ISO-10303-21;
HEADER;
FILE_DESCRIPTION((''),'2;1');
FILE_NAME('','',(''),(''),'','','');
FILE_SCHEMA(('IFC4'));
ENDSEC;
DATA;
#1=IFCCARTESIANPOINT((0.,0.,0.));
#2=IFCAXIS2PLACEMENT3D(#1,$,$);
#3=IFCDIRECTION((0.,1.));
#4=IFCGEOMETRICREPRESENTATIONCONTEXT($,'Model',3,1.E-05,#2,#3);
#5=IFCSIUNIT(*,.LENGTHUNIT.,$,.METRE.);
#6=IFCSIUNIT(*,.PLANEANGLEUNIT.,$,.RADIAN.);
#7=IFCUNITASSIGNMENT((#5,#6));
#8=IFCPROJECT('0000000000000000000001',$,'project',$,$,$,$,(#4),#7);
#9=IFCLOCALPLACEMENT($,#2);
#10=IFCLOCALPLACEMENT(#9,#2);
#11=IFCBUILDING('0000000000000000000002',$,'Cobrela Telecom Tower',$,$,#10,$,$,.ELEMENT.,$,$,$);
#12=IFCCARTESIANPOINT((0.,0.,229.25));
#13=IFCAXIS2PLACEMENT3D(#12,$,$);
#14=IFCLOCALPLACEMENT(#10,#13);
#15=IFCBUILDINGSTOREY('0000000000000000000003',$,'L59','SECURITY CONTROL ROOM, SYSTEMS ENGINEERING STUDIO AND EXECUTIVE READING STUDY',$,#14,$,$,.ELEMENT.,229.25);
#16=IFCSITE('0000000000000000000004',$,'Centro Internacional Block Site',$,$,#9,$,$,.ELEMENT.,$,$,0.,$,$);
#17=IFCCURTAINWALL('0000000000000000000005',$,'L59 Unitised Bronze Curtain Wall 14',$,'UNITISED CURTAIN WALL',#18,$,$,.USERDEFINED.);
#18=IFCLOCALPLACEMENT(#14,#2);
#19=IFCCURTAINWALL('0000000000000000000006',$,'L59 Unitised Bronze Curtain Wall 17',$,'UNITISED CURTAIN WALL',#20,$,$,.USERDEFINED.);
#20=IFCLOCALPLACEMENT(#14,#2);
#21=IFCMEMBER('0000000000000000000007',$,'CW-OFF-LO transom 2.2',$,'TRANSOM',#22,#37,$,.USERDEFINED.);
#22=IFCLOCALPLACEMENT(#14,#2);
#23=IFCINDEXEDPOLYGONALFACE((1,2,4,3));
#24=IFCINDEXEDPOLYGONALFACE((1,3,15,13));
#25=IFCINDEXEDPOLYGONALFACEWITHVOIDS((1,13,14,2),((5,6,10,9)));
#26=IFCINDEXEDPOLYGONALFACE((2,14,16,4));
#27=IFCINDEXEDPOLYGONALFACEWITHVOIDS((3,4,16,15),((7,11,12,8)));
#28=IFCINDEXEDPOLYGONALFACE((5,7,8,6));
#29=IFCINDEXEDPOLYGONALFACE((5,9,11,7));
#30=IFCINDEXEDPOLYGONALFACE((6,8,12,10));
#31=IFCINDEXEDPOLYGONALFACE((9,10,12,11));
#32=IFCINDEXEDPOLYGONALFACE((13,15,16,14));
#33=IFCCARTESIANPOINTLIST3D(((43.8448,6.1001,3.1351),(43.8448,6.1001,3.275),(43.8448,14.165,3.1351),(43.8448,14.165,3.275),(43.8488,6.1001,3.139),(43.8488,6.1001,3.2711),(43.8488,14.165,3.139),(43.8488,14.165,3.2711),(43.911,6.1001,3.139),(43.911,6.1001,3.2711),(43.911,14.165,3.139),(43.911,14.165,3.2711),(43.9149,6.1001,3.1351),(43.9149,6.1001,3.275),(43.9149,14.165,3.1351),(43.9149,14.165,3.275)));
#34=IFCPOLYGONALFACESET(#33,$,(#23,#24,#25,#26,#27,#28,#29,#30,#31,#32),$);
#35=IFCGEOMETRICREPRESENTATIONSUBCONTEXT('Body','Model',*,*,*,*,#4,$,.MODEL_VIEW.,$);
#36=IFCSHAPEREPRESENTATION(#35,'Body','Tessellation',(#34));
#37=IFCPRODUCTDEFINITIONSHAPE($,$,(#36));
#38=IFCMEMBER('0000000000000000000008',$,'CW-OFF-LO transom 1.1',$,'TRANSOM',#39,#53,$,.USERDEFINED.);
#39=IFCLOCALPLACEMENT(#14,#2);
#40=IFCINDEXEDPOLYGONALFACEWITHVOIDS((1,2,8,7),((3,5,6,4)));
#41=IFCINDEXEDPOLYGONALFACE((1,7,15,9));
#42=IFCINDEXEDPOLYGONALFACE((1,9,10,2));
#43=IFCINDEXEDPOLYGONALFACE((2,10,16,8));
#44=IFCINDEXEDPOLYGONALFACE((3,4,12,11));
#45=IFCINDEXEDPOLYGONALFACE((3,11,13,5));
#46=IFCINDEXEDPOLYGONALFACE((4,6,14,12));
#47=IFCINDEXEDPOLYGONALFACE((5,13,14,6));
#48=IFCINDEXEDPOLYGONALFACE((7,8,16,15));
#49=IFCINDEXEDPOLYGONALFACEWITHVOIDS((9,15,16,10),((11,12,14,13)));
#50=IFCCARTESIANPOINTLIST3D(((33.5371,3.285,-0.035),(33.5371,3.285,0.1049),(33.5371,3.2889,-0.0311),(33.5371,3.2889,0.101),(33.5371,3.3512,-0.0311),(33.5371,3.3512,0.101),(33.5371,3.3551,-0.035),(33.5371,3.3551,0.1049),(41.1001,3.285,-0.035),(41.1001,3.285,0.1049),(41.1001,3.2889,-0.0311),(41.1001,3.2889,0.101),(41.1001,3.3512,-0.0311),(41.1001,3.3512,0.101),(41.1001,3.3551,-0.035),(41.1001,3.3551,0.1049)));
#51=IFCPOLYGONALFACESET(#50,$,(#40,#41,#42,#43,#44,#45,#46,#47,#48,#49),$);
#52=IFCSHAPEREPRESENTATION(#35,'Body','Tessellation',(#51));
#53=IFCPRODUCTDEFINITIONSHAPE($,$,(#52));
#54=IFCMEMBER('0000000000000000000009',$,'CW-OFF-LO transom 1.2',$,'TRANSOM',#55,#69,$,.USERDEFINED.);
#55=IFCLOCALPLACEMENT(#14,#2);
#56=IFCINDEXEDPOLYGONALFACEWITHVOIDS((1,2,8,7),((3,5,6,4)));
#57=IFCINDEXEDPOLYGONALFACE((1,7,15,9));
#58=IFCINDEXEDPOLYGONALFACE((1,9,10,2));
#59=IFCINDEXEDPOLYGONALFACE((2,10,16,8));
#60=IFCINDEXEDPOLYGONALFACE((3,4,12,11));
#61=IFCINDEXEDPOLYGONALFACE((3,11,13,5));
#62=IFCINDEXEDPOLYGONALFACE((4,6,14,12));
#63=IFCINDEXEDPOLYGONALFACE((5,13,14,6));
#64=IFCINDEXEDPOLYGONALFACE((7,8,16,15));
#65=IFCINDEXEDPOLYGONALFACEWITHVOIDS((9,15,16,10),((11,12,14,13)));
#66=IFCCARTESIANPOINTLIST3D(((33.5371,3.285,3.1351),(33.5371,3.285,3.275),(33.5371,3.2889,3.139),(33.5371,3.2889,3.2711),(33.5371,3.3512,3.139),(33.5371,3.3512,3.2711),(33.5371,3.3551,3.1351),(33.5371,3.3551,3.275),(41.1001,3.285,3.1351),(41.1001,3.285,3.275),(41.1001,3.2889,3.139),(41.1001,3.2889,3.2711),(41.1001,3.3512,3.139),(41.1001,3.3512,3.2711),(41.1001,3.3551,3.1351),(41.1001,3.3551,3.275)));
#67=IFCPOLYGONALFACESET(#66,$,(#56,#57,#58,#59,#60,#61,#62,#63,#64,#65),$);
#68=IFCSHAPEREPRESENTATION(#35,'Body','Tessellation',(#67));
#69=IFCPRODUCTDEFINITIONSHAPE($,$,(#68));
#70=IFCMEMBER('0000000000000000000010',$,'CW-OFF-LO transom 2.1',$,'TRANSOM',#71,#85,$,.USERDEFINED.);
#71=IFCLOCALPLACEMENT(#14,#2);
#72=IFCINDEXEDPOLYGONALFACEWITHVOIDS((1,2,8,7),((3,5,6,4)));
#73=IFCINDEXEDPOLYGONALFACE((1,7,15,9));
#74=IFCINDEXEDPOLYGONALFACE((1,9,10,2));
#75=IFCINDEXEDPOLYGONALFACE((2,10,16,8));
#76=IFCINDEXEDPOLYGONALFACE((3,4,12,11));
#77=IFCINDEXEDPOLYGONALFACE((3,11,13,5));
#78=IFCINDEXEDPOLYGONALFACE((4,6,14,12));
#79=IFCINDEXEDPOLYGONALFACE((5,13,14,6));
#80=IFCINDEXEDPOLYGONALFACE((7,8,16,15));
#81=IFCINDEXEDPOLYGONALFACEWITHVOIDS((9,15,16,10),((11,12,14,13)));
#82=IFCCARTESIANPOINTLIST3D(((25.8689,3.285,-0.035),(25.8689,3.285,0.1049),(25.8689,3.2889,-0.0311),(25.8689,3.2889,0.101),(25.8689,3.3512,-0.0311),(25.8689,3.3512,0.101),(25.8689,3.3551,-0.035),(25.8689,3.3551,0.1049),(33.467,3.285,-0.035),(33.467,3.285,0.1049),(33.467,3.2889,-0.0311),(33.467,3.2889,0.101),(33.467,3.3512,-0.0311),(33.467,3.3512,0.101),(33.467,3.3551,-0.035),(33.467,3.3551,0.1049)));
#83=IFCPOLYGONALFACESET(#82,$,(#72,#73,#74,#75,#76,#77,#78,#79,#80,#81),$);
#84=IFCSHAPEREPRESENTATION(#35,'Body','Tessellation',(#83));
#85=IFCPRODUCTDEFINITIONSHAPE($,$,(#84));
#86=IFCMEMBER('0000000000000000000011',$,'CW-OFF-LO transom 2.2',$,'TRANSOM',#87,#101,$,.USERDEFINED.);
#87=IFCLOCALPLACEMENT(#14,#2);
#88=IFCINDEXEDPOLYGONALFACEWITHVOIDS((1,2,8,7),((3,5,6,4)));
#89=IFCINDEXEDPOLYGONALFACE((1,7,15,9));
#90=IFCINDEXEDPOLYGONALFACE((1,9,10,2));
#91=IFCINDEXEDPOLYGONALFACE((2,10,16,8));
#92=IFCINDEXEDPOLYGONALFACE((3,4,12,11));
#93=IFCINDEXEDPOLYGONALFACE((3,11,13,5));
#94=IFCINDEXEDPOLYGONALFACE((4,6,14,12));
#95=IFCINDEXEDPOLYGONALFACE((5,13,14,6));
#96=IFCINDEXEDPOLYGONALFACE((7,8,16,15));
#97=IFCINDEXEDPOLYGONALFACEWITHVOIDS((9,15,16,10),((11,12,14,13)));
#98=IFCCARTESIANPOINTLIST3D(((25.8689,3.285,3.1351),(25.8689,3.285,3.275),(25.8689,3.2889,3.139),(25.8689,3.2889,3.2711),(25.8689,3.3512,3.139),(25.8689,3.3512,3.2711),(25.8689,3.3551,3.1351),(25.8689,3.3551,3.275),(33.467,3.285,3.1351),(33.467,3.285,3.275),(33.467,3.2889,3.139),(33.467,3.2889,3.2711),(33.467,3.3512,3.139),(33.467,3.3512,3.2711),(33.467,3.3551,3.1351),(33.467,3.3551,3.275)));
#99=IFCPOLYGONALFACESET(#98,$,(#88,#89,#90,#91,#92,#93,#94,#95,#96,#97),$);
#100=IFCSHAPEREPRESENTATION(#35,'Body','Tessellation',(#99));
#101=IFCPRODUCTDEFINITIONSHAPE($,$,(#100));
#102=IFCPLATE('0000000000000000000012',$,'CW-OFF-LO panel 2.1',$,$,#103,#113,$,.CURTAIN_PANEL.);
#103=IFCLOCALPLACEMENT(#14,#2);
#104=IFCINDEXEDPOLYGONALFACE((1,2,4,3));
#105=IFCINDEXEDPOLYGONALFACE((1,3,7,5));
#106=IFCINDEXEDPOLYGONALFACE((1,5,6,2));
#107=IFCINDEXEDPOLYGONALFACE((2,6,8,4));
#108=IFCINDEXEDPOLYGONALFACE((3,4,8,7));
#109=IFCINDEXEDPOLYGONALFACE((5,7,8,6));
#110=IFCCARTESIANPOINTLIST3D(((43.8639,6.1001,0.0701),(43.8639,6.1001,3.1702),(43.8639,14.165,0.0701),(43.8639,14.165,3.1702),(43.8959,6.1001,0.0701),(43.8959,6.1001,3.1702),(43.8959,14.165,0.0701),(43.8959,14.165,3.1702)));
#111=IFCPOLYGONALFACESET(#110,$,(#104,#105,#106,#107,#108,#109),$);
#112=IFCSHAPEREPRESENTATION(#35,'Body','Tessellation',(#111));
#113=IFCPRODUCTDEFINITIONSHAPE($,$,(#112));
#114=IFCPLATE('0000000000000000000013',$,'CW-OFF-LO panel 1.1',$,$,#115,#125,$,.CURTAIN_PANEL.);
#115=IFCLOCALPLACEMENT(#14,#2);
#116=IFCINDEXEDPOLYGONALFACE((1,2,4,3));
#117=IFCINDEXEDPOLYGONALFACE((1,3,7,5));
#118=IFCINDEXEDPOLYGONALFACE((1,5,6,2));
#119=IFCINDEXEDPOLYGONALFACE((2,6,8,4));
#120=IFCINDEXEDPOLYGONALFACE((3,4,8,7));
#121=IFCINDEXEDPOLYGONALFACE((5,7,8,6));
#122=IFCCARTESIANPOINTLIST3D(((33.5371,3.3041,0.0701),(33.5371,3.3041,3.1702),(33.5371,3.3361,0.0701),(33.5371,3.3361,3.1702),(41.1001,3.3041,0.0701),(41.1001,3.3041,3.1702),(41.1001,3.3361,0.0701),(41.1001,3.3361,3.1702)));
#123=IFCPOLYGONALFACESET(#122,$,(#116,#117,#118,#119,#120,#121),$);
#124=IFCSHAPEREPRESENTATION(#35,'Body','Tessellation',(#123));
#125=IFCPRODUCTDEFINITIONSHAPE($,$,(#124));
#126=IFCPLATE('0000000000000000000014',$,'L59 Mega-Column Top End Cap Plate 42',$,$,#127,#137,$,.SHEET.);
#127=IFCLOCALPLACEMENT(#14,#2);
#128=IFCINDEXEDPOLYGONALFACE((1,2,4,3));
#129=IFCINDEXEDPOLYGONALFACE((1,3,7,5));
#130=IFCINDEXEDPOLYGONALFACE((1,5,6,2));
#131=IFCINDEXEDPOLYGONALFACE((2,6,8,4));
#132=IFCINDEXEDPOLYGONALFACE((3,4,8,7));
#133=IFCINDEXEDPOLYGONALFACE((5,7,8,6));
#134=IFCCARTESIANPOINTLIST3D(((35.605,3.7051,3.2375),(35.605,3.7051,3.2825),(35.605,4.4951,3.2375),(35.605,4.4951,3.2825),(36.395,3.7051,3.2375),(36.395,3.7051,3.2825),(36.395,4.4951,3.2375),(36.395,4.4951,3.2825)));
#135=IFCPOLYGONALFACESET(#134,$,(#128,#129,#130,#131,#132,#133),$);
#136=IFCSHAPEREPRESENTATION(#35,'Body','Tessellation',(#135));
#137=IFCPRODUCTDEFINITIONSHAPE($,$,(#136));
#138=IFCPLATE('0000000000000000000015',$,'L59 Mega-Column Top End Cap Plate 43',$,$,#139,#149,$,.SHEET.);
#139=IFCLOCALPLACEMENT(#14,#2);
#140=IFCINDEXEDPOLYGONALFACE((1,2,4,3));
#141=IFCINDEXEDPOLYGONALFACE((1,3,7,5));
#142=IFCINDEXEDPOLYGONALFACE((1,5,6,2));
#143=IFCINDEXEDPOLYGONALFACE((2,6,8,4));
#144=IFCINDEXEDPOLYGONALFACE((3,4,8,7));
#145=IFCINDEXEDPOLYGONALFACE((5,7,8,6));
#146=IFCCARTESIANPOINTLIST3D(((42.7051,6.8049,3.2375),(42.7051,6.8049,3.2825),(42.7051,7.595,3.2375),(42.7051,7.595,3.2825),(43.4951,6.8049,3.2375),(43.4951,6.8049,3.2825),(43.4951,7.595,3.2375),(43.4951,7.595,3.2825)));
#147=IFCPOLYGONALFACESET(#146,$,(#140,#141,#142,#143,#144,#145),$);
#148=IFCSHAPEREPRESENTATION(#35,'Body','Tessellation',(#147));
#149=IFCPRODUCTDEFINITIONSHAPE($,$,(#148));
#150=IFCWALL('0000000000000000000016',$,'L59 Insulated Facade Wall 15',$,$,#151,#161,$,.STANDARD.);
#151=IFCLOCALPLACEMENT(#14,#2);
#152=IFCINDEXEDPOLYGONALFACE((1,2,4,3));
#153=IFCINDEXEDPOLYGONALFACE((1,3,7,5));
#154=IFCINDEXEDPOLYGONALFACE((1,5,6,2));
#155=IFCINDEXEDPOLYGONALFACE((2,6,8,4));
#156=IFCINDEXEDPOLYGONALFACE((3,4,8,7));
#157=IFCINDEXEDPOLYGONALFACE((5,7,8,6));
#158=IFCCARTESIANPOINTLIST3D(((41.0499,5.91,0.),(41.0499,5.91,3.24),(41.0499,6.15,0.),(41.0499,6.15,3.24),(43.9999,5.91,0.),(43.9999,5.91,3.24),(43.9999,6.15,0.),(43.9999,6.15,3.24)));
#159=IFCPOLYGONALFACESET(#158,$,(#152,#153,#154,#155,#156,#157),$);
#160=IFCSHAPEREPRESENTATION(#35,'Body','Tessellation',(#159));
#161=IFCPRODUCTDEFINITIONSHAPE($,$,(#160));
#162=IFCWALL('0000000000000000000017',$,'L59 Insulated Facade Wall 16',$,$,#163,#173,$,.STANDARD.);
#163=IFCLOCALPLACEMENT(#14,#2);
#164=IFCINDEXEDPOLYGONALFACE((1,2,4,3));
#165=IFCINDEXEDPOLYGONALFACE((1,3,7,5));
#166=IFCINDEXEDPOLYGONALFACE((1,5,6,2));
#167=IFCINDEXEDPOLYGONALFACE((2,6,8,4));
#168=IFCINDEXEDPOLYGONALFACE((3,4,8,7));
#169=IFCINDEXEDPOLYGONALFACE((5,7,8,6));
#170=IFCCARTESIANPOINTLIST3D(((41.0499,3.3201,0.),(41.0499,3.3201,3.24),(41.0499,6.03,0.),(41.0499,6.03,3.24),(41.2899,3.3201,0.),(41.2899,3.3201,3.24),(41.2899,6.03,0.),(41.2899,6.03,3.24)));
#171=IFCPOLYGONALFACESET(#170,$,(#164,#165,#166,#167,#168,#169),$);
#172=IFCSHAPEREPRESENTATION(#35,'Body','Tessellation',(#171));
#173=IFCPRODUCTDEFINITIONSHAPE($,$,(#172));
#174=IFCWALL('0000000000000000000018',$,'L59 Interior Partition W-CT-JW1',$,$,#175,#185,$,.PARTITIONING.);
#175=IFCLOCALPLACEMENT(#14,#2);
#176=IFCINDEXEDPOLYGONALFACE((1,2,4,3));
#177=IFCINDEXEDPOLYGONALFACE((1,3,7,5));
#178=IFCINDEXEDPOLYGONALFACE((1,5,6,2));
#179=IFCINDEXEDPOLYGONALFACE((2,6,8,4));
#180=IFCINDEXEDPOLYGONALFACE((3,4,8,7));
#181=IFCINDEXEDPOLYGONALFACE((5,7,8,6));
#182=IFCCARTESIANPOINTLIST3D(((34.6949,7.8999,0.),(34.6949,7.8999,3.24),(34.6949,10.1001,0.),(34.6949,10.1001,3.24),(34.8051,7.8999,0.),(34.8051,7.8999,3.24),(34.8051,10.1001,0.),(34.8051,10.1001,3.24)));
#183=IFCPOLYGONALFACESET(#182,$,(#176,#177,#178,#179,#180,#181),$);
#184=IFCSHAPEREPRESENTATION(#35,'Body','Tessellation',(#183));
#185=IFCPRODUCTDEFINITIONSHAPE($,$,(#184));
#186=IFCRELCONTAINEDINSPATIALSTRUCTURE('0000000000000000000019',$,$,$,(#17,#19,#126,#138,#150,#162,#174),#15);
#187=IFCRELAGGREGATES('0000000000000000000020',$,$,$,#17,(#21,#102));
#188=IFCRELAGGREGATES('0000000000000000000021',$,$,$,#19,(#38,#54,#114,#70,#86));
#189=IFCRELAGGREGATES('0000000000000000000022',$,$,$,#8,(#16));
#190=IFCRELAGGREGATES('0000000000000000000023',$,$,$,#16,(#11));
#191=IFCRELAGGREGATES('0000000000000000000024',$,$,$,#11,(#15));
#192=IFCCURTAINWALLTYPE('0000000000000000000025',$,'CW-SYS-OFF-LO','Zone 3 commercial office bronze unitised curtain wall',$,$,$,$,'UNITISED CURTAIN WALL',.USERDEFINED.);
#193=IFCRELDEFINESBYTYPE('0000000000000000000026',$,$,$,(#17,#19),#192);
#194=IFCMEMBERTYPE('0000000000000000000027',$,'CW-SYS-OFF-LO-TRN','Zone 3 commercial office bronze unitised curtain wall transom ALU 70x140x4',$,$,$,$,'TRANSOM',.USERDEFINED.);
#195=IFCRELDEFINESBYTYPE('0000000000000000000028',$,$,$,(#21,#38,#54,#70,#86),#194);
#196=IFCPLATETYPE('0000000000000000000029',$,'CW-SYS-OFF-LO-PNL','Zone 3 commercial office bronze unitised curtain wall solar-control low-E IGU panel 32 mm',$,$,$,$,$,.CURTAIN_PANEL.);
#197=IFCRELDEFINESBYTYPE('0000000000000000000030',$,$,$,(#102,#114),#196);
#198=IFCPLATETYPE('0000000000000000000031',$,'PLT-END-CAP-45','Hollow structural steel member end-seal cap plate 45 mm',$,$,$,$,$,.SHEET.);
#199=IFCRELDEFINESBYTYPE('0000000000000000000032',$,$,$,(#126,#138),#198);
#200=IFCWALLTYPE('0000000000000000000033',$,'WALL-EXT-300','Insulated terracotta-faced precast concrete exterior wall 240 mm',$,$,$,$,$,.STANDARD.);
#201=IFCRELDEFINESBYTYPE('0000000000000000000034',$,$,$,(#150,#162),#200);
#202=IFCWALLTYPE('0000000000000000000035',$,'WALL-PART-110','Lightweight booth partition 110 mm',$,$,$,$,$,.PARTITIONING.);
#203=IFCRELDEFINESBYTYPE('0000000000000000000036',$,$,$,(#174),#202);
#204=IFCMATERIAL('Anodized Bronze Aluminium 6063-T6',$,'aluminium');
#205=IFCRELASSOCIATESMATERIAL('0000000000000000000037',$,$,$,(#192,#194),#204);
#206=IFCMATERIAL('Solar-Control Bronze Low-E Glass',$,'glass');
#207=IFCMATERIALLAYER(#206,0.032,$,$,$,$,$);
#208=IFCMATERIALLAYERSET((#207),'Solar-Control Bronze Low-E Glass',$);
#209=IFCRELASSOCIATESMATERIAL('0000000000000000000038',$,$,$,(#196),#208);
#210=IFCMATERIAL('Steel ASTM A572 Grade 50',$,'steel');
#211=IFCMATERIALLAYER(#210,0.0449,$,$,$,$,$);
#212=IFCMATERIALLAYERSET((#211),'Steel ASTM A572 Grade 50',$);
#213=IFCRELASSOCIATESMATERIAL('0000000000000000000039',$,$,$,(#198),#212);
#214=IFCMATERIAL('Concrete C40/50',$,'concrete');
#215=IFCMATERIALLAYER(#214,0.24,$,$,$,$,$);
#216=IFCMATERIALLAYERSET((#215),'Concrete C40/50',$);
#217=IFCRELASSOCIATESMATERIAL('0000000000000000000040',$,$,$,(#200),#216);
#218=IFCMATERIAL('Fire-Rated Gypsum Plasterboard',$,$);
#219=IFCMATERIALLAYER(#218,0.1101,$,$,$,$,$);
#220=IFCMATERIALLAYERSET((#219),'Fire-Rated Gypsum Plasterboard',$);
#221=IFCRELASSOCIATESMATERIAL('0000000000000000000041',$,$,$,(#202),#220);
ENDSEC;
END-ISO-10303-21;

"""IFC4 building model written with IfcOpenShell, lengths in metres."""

from ifc_helpers import new_model, si_unit, direction, frame, frame_2d, origin, origin_2d, place, context, subcontext, project, spatial, rectangle, hollow_rectangle, extrude, material, layer, layer_set, material_profile, profile_set, type_object, element, aggregate, save


model = new_model("IFC4")

# Units and contexts
model_context = context("Model", 3, precision=1e-05, world=origin(), true_north=direction((0.0, 1.0)))
body_context = subcontext(model_context, "Body", "Model", "MODEL_VIEW")
ifc_project = project(units=[si_unit("LENGTHUNIT", "METRE"), si_unit("PLANEANGLEUNIT", "RADIAN")], contexts=[model_context])

# Site, building, storey
site_placement = place(None, origin())
site = spatial("IfcSite", under=ifc_project, at=site_placement, Name="Centro Internacional Block Site", CompositionType="ELEMENT", RefElevation=0.0)
building_placement = place(site_placement, origin())
building = spatial("IfcBuilding", under=site, at=building_placement, Name="Cobrela Telecom Tower", CompositionType="ELEMENT")
storey_placement = place(building_placement, frame((0.0, 0.0, 229.25)))
storey = spatial("IfcBuildingStorey", under=building, at=storey_placement, Name="L59", Description="SECURITY CONTROL ROOM, SYSTEMS ENGINEERING STUDIO AND EXECUTIVE READING STUDY", CompositionType="ELEMENT", Elevation=229.25)

# Shared definitions
ifc_material_1 = material(Name="Steel ASTM A572 Grade 50", Category="steel")

# Curtain walls
ifc_material_2 = material(Name="Anodized Bronze Aluminium 6063-T6", Category="aluminium")
curtain_wall_type = type_object("IfcCurtainWallType", Name="CW-SYS-OFF-LO", Description="Zone 3 commercial office bronze unitised curtain wall", ElementType="UNITISED CURTAIN WALL", PredefinedType="USERDEFINED", material=ifc_material_2)
curtain_wall_1_placement = place(storey_placement, origin())
curtain_wall_1 = element("IfcCurtainWall", 1, at=curtain_wall_1_placement, inside=storey, type_object=curtain_wall_type, Name="L59 Unitised Bronze Curtain Wall 14", ObjectType="UNITISED CURTAIN WALL", PredefinedType="USERDEFINED")
curtain_wall_2_placement = place(storey_placement, origin())
curtain_wall_2 = element("IfcCurtainWall", 2, at=curtain_wall_2_placement, inside=storey, type_object=curtain_wall_type, Name="L59 Unitised Bronze Curtain Wall 17", ObjectType="UNITISED CURTAIN WALL", PredefinedType="USERDEFINED")

# Members
ifc_material_profile_1 = material_profile(ifc_material_2, hollow_rectangle(XDim=0.0701, YDim=0.1399, WallThickness=0.0039, at=origin_2d()), Name="ALU 70x140x4")
ifc_profile_set_1 = profile_set([ifc_material_profile_1], Name="Anodized Bronze Aluminium 6063-T6")
member_type_1 = type_object("IfcMemberType", Name="CW-SYS-OFF-LO-TRN", Description="Zone 3 commercial office bronze unitised curtain wall transom ALU 70x140x4", ElementType="TRANSOM", PredefinedType="USERDEFINED", material=ifc_profile_set_1)
member_1_placement = place(storey_placement, frame((43.8799, 14.165, 3.2051), z_axis=(0.0, -1.0, 0.0), x_axis=(1.0, 0.0, 0.0)))
member_1 = element("IfcMember", 3, at=member_1_placement, type_object=member_type_1, Name="CW-OFF-LO transom 2.2", ObjectType="TRANSOM", PredefinedType="USERDEFINED", context=body_context, shape_type="SweptSolid", body=[
    extrude(hollow_rectangle(XDim=0.0701, YDim=0.1399, WallThickness=0.0039, at=origin_2d()), origin(), (0.0, 0.0, 1.0), 8.0649),
])
member_2_placement = place(storey_placement, frame((41.1001, 3.3201, 0.0349), z_axis=(-1.0, 0.0, 0.0), x_axis=(0.0, -1.0, 0.0)))
member_2 = element("IfcMember", 4, at=member_2_placement, type_object=member_type_1, Name="CW-OFF-LO transom 1.1", ObjectType="TRANSOM", PredefinedType="USERDEFINED", context=body_context, shape_type="SweptSolid", body=[
    extrude(hollow_rectangle(XDim=0.0701, YDim=0.1399, WallThickness=0.0039, at=origin_2d()), origin(), (0.0, 0.0, 1.0), 7.563),
])
member_3_placement = place(storey_placement, frame((41.1001, 3.3201, 3.2051), z_axis=(-1.0, 0.0, 0.0), x_axis=(0.0, -1.0, 0.0)))
member_3 = element("IfcMember", 5, at=member_3_placement, type_object=member_type_1, Name="CW-OFF-LO transom 1.2", ObjectType="TRANSOM", PredefinedType="USERDEFINED", context=body_context, shape_type="SweptSolid", body=[
    extrude(hollow_rectangle(XDim=0.0701, YDim=0.1399, WallThickness=0.0039, at=origin_2d()), origin(), (0.0, 0.0, 1.0), 7.563),
])
member_4_placement = place(storey_placement, frame((33.467, 3.3201, 0.0349), z_axis=(-1.0, 0.0, 0.0), x_axis=(0.0, -1.0, 0.0)))
member_4 = element("IfcMember", 6, at=member_4_placement, type_object=member_type_1, Name="CW-OFF-LO transom 2.1", ObjectType="TRANSOM", PredefinedType="USERDEFINED", context=body_context, shape_type="SweptSolid", body=[
    extrude(hollow_rectangle(XDim=0.0701, YDim=0.1399, WallThickness=0.0039, at=origin_2d()), origin(), (0.0, 0.0, 1.0), 7.5981),
])
member_5_placement = place(storey_placement, frame((33.467, 3.3201, 3.2051), z_axis=(-1.0, 0.0, 0.0), x_axis=(0.0, -1.0, 0.0)))
member_5 = element("IfcMember", 7, at=member_5_placement, type_object=member_type_1, Name="CW-OFF-LO transom 2.2", ObjectType="TRANSOM", PredefinedType="USERDEFINED", context=body_context, shape_type="SweptSolid", body=[
    extrude(hollow_rectangle(XDim=0.0701, YDim=0.1399, WallThickness=0.0039, at=origin_2d()), origin(), (0.0, 0.0, 1.0), 7.5981),
])

# Plates
ifc_material_3 = material(Name="Solar-Control Bronze Low-E Glass", Category="glass")
ifc_layer_1 = layer(ifc_material_3, 0.032)
ifc_layer_set_1 = layer_set([ifc_layer_1], Name="Solar-Control Bronze Low-E Glass")
plate_type_1 = type_object("IfcPlateType", Name="CW-SYS-OFF-LO-PNL", Description="Zone 3 commercial office bronze unitised curtain wall solar-control low-E IGU panel 32 mm", PredefinedType="CURTAIN_PANEL", material=ifc_layer_set_1)
plate_1_placement = place(storey_placement, frame((43.8799, 10.1326, 0.0701), z_axis=(0.0, 0.0, 1.0), x_axis=(0.0, -1.0, 0.0)))
plate_1 = element("IfcPlate", 8, at=plate_1_placement, type_object=plate_type_1, Name="CW-OFF-LO panel 2.1", PredefinedType="CURTAIN_PANEL", context=body_context, shape_type="SweptSolid", body=[
    extrude(rectangle(XDim=8.0649, YDim=0.032, at=origin_2d()), origin(), (0.0, 0.0, 1.0), 3.1001),
])
aggregate(curtain_wall_1, [member_1, plate_1])
plate_2_placement = place(storey_placement, frame((37.3186, 3.3201, 0.0701), z_axis=(0.0, 0.0, 1.0), x_axis=(-1.0, 0.0, 0.0)))
plate_2 = element("IfcPlate", 9, at=plate_2_placement, type_object=plate_type_1, Name="CW-OFF-LO panel 1.1", PredefinedType="CURTAIN_PANEL", context=body_context, shape_type="SweptSolid", body=[
    extrude(rectangle(XDim=7.563, YDim=0.032, at=origin_2d()), origin(), (0.0, 0.0, 1.0), 3.1001),
])
aggregate(curtain_wall_2, [member_2, member_3, plate_2, member_4, member_5])

# Plates
ifc_layer_2 = layer(ifc_material_1, 0.0449)
ifc_layer_set_2 = layer_set([ifc_layer_2], Name="Steel ASTM A572 Grade 50")
plate_type_2 = type_object("IfcPlateType", Name="PLT-END-CAP-45", Description="Hollow structural steel member end-seal cap plate 45 mm", PredefinedType="SHEET", material=ifc_layer_set_2)
for number, where, z_axis, x_axis, name in (
    (10, (36.0, 4.1001, 3.2375), (0.0, 0.0, 1.0), (1.0, 0.0, 0.0), "L59 Mega-Column Top End Cap Plate 42"),
    (11, (43.1001, 7.2, 3.2375), (0.0, 0.0, 1.0), (1.0, 0.0, 0.0), "L59 Mega-Column Top End Cap Plate 43"),
):
    element("IfcPlate", number, at=place(storey_placement, frame(where, z_axis=z_axis, x_axis=x_axis)), inside=storey, type_object=plate_type_2, Name=name, PredefinedType="SHEET", context=body_context, shape_type="SweptSolid", body=[
        extrude(rectangle(XDim=0.79, YDim=0.79, at=origin_2d()), origin(), (0.0, 0.0, 1.0), 0.0449),
    ])

# Walls
ifc_material_4 = material(Name="Concrete C40/50", Category="concrete")
ifc_layer_3 = layer(ifc_material_4, 0.24)
ifc_layer_set_3 = layer_set([ifc_layer_3], Name="Concrete C40/50")
wall_type_1 = type_object("IfcWallType", Name="WALL-EXT-300", Description="Insulated terracotta-faced precast concrete exterior wall 240 mm", PredefinedType="STANDARD", material=ifc_layer_set_3)
wall_1_placement = place(storey_placement, frame((44.0, 6.03, 0.0), z_axis=(0.0, 0.0, 1.0), x_axis=(-1.0, 0.0, 0.0)))
element("IfcWall", 12, at=wall_1_placement, inside=storey, type_object=wall_type_1, Name="L59 Insulated Facade Wall 15", PredefinedType="STANDARD", context=body_context, shape_type="SweptSolid", body=[
    extrude(rectangle(XDim=2.95, YDim=0.24, at=frame_2d((1.4751, 0.0))), origin(), (0.0, 0.0, 1.0), 3.24),
])
wall_2_placement = place(storey_placement, frame((41.1699, 6.03, 0.0), z_axis=(0.0, 0.0, 1.0), x_axis=(0.0, -1.0, 0.0)))
element("IfcWall", 13, at=wall_2_placement, inside=storey, type_object=wall_type_1, Name="L59 Insulated Facade Wall 16", PredefinedType="STANDARD", context=body_context, shape_type="SweptSolid", body=[
    extrude(rectangle(XDim=2.71, YDim=0.24, at=frame_2d((1.355, 0.0))), origin(), (0.0, 0.0, 1.0), 3.24),
])
ifc_material_5 = material(Name="Fire-Rated Gypsum Plasterboard")
ifc_layer_4 = layer(ifc_material_5, 0.1101)
ifc_layer_set_4 = layer_set([ifc_layer_4], Name="Fire-Rated Gypsum Plasterboard")
wall_type_2 = type_object("IfcWallType", Name="WALL-PART-110", Description="Lightweight booth partition 110 mm", PredefinedType="PARTITIONING", material=ifc_layer_set_4)
wall_3_placement = place(storey_placement, frame((34.75, 7.8999, 0.0), z_axis=(0.0, 0.0, 1.0), x_axis=(0.0, 1.0, 0.0)))
element("IfcWall", 14, at=wall_3_placement, inside=storey, type_object=wall_type_2, Name="L59 Interior Partition W-CT-JW1", PredefinedType="PARTITIONING", context=body_context, shape_type="SweptSolid", body=[
    extrude(rectangle(XDim=2.2002, YDim=0.1101, at=frame_2d((1.1001, 0.0))), origin(), (0.0, 0.0, 1.0), 3.24),
])

save(model, "model.ifc")
